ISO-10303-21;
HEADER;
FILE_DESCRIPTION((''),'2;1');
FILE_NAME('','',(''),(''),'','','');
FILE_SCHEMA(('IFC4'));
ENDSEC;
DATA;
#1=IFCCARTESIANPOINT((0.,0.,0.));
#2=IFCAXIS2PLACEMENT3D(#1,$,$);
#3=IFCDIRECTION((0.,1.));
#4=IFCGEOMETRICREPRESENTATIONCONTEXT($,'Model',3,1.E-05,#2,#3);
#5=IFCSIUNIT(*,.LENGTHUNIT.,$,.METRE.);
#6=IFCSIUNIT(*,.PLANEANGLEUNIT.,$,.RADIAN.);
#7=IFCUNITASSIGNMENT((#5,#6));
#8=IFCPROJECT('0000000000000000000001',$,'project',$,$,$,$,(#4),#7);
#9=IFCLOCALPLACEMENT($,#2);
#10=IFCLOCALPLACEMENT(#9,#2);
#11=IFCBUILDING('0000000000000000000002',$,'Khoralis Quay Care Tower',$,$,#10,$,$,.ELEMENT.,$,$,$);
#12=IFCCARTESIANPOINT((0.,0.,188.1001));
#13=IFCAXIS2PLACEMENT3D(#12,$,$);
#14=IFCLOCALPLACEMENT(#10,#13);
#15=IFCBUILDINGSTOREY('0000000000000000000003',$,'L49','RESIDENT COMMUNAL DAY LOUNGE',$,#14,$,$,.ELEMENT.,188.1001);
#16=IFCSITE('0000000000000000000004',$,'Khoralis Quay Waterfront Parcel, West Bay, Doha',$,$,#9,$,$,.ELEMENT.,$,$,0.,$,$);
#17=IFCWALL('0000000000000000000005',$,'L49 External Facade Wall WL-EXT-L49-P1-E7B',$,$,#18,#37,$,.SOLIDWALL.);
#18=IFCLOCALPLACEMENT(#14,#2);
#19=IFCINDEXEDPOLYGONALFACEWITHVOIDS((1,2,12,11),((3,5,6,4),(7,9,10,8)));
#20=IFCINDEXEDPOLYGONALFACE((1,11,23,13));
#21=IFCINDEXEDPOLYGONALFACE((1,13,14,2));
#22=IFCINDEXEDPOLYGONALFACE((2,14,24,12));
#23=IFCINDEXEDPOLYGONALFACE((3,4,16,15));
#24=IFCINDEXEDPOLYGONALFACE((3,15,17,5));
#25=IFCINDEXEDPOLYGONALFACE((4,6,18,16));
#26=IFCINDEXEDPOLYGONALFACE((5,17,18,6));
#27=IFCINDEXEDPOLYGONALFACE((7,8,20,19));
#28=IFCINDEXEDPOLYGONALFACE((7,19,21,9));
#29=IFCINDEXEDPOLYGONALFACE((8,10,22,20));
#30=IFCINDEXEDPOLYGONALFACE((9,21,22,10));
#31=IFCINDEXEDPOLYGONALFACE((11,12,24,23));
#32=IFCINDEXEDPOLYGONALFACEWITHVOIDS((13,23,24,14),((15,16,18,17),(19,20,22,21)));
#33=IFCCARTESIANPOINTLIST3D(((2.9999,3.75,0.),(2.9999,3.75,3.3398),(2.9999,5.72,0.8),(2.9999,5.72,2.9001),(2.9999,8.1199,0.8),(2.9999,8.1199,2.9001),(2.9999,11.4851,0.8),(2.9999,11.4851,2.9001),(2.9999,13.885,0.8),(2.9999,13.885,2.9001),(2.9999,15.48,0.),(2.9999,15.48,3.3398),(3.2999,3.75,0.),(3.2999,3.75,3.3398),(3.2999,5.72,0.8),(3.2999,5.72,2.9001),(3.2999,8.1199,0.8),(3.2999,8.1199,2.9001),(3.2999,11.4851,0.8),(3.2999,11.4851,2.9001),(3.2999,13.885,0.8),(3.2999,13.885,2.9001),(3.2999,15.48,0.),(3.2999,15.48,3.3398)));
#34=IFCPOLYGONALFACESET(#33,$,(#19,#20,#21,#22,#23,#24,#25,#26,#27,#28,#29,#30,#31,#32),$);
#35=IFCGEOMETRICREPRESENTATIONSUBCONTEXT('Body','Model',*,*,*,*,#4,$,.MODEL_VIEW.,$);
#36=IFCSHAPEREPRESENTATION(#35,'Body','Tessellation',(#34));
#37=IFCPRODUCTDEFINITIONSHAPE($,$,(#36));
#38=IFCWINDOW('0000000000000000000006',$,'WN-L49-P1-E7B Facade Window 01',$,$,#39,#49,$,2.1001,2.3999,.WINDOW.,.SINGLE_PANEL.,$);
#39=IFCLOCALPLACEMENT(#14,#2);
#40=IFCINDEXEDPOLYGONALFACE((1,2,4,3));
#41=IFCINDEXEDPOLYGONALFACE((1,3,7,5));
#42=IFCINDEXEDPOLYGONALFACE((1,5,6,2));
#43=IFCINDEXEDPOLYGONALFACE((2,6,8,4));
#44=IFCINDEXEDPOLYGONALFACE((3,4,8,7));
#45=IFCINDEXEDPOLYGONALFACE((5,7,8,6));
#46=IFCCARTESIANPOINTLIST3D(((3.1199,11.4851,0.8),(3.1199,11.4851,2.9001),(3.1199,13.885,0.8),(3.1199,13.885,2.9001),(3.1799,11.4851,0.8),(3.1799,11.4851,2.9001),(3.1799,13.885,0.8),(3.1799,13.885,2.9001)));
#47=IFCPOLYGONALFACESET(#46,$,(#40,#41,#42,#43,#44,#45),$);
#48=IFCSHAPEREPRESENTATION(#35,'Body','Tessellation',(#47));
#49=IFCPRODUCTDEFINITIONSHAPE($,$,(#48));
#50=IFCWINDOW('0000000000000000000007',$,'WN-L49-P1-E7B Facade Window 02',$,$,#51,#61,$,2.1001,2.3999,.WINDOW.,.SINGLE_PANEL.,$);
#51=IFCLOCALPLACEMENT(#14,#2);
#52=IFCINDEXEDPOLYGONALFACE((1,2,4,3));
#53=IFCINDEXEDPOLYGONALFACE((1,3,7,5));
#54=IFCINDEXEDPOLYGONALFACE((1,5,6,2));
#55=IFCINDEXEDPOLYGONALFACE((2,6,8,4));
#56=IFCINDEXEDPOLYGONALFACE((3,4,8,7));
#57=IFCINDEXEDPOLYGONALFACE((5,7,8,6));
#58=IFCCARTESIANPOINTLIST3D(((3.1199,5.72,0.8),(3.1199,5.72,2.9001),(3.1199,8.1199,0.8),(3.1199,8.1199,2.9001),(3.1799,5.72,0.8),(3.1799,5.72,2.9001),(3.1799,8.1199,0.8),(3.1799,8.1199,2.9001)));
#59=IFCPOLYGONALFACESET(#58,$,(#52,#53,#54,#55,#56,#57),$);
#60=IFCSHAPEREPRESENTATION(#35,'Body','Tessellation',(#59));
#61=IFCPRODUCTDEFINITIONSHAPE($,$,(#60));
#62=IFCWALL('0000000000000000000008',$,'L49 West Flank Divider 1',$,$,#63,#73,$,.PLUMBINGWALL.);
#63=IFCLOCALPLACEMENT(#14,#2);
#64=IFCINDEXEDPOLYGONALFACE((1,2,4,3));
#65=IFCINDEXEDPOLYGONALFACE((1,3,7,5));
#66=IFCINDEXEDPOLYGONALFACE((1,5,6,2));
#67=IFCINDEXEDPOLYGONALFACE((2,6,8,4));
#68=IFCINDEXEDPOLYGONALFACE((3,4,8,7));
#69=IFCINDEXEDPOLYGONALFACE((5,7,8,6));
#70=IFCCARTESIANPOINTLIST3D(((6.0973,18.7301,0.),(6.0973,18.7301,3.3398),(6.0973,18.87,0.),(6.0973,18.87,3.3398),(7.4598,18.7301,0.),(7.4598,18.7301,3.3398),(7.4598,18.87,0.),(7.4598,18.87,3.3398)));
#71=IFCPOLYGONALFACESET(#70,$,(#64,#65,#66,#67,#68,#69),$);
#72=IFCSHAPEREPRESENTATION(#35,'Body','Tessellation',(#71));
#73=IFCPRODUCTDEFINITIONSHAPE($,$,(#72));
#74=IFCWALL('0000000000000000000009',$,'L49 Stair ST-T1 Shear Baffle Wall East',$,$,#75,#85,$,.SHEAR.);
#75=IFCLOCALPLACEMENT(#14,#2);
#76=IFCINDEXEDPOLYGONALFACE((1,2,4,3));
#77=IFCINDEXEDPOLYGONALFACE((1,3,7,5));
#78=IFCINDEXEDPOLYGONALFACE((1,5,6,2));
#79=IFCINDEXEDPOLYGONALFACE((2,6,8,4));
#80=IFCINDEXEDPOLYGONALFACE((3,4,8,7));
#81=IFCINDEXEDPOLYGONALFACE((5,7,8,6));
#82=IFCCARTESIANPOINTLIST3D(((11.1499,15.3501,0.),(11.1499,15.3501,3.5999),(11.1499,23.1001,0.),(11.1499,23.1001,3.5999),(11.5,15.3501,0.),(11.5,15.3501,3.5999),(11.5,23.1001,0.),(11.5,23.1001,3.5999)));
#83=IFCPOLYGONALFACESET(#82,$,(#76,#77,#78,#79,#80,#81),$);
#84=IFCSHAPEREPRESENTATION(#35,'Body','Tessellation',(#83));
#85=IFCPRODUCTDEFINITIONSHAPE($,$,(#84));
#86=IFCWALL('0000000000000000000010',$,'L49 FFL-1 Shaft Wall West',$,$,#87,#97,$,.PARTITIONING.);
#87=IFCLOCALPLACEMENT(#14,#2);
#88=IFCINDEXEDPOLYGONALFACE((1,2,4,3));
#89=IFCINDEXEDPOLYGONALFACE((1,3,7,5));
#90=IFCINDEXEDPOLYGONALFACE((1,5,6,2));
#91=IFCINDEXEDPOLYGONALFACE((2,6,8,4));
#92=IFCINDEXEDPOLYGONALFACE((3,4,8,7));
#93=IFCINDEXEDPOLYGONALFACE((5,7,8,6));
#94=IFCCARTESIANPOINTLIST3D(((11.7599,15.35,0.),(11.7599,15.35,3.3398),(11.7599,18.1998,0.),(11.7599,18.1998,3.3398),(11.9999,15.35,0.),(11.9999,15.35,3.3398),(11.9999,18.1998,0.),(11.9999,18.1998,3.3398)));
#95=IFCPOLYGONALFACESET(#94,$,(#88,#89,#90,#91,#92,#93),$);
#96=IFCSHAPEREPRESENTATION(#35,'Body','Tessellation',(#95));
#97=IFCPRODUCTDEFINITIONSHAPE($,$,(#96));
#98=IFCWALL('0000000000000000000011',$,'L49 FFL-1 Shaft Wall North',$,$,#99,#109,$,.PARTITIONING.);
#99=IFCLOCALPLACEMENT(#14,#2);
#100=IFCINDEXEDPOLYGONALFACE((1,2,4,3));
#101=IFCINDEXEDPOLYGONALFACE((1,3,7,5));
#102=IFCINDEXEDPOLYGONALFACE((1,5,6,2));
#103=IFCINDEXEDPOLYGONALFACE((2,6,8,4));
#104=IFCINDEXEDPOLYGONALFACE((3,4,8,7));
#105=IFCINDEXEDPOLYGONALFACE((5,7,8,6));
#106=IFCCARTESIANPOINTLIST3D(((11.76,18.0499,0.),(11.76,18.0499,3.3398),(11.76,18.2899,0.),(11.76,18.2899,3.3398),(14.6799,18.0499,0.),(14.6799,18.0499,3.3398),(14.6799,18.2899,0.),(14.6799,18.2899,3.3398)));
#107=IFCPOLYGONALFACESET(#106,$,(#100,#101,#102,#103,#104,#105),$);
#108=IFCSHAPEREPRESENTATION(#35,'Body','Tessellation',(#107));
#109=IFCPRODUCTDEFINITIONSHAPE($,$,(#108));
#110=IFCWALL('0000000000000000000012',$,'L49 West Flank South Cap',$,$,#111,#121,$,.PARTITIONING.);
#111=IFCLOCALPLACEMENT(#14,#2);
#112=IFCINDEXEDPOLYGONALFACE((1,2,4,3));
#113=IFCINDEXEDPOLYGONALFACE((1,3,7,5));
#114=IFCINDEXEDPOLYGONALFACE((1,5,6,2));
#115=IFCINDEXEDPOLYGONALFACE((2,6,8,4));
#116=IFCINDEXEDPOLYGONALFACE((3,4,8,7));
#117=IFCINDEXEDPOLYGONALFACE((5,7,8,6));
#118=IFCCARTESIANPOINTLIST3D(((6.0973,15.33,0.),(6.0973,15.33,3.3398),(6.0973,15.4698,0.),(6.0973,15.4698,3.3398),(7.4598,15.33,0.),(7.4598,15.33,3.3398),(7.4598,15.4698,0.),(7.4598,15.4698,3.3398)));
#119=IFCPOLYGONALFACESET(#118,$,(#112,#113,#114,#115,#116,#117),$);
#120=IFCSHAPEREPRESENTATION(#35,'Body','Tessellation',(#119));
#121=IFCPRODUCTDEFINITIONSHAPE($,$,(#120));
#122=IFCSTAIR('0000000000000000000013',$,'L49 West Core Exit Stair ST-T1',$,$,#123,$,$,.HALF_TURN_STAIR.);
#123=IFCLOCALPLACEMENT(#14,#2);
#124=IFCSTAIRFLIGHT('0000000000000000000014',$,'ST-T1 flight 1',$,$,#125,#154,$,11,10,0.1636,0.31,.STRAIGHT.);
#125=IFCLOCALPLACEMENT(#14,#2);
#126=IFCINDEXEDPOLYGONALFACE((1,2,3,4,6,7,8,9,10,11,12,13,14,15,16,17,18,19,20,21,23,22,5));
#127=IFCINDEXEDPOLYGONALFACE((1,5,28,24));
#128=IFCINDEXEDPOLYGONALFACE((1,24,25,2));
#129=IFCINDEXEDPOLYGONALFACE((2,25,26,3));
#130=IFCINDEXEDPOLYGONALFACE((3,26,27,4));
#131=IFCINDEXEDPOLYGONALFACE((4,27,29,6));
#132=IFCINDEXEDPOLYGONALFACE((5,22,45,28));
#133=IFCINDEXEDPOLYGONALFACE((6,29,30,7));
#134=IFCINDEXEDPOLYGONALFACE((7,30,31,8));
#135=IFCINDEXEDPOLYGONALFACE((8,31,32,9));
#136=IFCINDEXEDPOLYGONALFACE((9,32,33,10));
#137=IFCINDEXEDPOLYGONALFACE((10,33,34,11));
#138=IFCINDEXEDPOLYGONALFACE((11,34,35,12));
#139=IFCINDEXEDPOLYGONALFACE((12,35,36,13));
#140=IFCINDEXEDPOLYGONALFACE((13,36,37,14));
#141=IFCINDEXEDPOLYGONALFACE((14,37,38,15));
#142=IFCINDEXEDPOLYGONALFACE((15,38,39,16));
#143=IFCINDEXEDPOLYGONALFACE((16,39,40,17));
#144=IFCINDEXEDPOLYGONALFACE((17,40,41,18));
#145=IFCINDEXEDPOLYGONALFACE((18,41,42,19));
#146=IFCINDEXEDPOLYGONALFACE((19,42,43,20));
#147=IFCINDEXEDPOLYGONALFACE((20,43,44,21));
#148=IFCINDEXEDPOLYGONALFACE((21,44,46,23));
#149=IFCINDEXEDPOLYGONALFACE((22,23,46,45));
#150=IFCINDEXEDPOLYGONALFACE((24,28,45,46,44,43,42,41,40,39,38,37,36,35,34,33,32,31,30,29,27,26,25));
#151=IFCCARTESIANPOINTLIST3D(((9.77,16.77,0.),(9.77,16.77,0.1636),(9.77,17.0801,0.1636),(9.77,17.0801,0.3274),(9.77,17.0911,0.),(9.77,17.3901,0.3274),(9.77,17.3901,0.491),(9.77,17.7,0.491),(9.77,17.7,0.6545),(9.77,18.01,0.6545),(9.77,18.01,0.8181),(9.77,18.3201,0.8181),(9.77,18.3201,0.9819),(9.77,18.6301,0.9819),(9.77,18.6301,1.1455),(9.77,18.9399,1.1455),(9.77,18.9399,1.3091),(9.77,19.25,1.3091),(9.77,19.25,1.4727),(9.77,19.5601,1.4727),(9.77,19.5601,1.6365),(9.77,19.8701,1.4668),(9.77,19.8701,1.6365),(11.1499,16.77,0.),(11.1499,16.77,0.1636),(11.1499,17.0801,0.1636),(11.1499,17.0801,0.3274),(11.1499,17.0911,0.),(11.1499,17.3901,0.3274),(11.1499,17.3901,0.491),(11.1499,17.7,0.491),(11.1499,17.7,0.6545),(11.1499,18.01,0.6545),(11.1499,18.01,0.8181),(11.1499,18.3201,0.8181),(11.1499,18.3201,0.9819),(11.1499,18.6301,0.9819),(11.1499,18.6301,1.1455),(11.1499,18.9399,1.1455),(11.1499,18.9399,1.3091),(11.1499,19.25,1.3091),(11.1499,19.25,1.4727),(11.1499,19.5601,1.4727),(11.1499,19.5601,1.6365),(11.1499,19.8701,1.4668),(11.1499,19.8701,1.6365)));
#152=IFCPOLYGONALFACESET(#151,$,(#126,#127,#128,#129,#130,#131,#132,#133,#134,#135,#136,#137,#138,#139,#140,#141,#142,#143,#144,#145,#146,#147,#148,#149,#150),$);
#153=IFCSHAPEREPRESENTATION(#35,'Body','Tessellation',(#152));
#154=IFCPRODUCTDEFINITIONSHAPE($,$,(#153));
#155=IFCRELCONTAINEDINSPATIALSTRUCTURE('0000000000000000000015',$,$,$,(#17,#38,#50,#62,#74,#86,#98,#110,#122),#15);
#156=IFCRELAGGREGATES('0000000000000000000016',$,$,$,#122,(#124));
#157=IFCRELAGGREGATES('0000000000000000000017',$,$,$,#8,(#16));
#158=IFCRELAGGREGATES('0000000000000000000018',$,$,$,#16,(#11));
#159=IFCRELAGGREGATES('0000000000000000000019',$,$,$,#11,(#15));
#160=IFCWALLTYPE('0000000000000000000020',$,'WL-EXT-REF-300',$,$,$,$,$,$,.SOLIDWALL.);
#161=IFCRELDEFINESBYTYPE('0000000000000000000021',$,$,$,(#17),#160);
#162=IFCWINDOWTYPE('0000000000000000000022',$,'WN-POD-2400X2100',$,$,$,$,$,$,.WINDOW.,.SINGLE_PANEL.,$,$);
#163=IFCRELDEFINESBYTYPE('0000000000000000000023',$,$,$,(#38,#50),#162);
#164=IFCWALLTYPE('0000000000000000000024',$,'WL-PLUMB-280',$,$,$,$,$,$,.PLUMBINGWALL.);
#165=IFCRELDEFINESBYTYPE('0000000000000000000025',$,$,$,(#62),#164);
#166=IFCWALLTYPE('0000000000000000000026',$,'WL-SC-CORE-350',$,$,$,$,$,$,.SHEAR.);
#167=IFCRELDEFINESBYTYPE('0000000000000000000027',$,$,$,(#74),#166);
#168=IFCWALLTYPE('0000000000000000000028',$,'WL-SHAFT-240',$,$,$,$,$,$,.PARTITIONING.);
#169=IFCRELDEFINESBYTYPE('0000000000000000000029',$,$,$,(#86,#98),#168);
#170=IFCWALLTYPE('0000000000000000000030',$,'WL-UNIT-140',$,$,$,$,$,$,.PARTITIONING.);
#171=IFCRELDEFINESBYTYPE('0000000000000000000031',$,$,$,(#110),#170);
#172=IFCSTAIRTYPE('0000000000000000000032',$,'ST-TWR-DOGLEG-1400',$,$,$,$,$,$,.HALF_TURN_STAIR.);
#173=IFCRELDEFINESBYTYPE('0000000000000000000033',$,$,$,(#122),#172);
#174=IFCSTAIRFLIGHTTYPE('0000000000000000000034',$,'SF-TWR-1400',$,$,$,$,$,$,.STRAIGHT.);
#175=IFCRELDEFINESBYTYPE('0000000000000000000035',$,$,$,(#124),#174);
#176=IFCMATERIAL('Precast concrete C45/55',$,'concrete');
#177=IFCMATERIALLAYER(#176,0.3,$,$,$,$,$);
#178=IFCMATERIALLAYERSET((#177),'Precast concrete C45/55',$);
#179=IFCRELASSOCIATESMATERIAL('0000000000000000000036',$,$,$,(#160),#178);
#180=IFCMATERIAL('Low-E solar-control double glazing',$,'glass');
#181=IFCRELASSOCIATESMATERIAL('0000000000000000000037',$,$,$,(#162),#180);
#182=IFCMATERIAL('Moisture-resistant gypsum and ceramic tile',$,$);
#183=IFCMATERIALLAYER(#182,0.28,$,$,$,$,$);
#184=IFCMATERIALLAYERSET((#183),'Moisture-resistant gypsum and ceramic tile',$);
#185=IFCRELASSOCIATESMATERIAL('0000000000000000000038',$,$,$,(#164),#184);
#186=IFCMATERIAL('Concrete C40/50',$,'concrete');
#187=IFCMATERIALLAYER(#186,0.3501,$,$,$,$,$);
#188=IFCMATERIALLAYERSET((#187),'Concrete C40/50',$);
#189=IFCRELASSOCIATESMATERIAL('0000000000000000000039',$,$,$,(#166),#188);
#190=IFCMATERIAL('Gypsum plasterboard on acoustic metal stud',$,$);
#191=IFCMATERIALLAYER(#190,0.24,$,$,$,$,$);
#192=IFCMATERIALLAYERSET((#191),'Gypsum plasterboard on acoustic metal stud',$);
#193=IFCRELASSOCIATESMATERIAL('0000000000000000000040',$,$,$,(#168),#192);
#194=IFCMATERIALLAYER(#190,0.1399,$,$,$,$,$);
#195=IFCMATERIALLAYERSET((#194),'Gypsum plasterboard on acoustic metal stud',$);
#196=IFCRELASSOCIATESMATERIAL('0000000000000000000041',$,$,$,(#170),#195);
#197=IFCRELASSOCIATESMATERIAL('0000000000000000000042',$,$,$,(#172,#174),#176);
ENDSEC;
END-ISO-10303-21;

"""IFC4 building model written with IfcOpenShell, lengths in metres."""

from ifc_helpers import new_model, si_unit, direction, frame, frame_2d, origin, place, context, subcontext, project, spatial, polyline, rectangle, outline, extrude, source, transform, mapped, material, layer, layer_set, type_object, element, fill, aggregate, save


model = new_model("IFC4")

# Units and contexts
model_context = context("Model", 3, precision=1e-05, world=origin(), true_north=direction((0.0, 1.0)))
body_context = subcontext(model_context, "Body", "Model", "MODEL_VIEW")
ifc_project = project(units=[si_unit("LENGTHUNIT", "METRE"), si_unit("PLANEANGLEUNIT", "RADIAN")], contexts=[model_context])

# Site, building, storey
site_placement = place(None, origin())
site = spatial("IfcSite", under=ifc_project, at=site_placement, Name="Khoralis Quay Waterfront Parcel, West Bay, Doha", CompositionType="ELEMENT", RefElevation=0.0)
building_placement = place(site_placement, origin())
building = spatial("IfcBuilding", under=site, at=building_placement, Name="Khoralis Quay Care Tower", CompositionType="ELEMENT")
storey_placement = place(building_placement, frame((0.0, 0.0, 188.1001)))
storey = spatial("IfcBuildingStorey", under=building, at=storey_placement, Name="L49", Description="RESIDENT COMMUNAL DAY LOUNGE", CompositionType="ELEMENT", Elevation=188.1001)

# Shared definitions
ifc_material_1 = material(Name="Low-E solar-control double glazing", Category="glass")

# Shared definitions
ifc_material_2 = material(Name="Gypsum plasterboard on acoustic metal stud")

# Wall, openings, windows
ifc_material_3 = material(Name="Precast concrete C45/55", Category="concrete")
ifc_layer_1 = layer(ifc_material_3, 0.3)
ifc_layer_set_1 = layer_set([ifc_layer_1], Name="Precast concrete C45/55")
wall_type_1 = type_object("IfcWallType", Name="WL-EXT-REF-300", PredefinedType="SOLIDWALL", material=ifc_layer_set_1)
wall_1_placement = place(storey_placement, frame((3.1499, 15.48, 0.0), z_axis=(0.0, 0.0, 1.0), x_axis=(0.0, -1.0, 0.0)))
wall_1 = element("IfcWall", 1, at=wall_1_placement, inside=storey, type_object=wall_type_1, Name="L49 External Facade Wall WL-EXT-L49-P1-E7B", PredefinedType="SOLIDWALL", context=body_context, shape_type="SweptSolid", body=[
    extrude(rectangle(XDim=11.73, YDim=0.3, at=frame_2d((5.865, 0.0))), origin(), (0.0, 0.0, 1.0), 3.3398),
])
opening_1_placement = place(wall_1_placement, frame((1.595, 0.0, 0.8)))
opening_1 = element("IfcOpeningElement", 2, at=opening_1_placement, cuts=wall_1, PredefinedType="OPENING", context=body_context, shape_type="SweptSolid", body=[
    extrude(rectangle(XDim=2.3999, YDim=2.1001, at=frame_2d((1.2, 1.05))), frame((0.0, 0.1602, 0.0), z_axis=(0.0, -1.0, 0.0), x_axis=(1.0, 0.0, 0.0)), (0.0, 0.0, 1.0), 0.3201),
])
opening_2_placement = place(wall_1_placement, frame((7.3601, 0.0, 0.8)))
opening_2 = element("IfcOpeningElement", 3, at=opening_2_placement, cuts=wall_1, PredefinedType="OPENING", context=body_context, shape_type="SweptSolid", body=[
    extrude(rectangle(XDim=2.3999, YDim=2.1001, at=frame_2d((1.2, 1.05))), frame((0.0, 0.1602, 0.0), z_axis=(0.0, -1.0, 0.0), x_axis=(1.0, 0.0, 0.0)), (0.0, 0.0, 1.0), 0.3201),
])
window_type = type_object("IfcWindowType", Name="WN-POD-2400X2100", PartitioningType="SINGLE_PANEL", PredefinedType="WINDOW", material=ifc_material_1)
shared_shape_1 = source(origin(), body_context, "Body", "SweptSolid", [
    extrude(rectangle(XDim=2.3999, YDim=2.1001, at=frame_2d((1.2, 1.05))), frame((0.0, 0.03, 0.0), z_axis=(0.0, -1.0, 0.0), x_axis=(1.0, 0.0, 0.0)), (0.0, 0.0, 1.0), 0.0601),
])
window_1_placement = place(opening_1_placement, origin())
window_1 = element("IfcWindow", 4, at=window_1_placement, inside=storey, type_object=window_type, Name="WN-L49-P1-E7B Facade Window 01", OverallHeight=2.1001, OverallWidth=2.3999, PartitioningType="SINGLE_PANEL", PredefinedType="WINDOW", context=body_context, shape_type="MappedRepresentation", body=[
    mapped(shared_shape_1, transform((0.0, 0.0, 0.0), scale=1.0)),
])
fill(opening_1, window_1)
window_2_placement = place(opening_2_placement, origin())
window_2 = element("IfcWindow", 5, at=window_2_placement, inside=storey, type_object=window_type, Name="WN-L49-P1-E7B Facade Window 02", OverallHeight=2.1001, OverallWidth=2.3999, PartitioningType="SINGLE_PANEL", PredefinedType="WINDOW", context=body_context, shape_type="MappedRepresentation", body=[
    mapped(shared_shape_1, transform((0.0, 0.0, 0.0), scale=1.0)),
])
fill(opening_2, window_2)

# Walls
ifc_material_4 = material(Name="Moisture-resistant gypsum and ceramic tile")
ifc_layer_2 = layer(ifc_material_4, 0.28)
ifc_layer_set_2 = layer_set([ifc_layer_2], Name="Moisture-resistant gypsum and ceramic tile")
wall_type_2 = type_object("IfcWallType", Name="WL-PLUMB-280", PredefinedType="PLUMBINGWALL", material=ifc_layer_set_2)
wall_2_placement = place(storey_placement, frame((6.0974, 18.8, 0.0), z_axis=(0.0, 0.0, 1.0), x_axis=(1.0, 0.0, 0.0)))
element("IfcWall", 6, at=wall_2_placement, inside=storey, type_object=wall_type_2, Name="L49 West Flank Divider 1", PredefinedType="PLUMBINGWALL", context=body_context, shape_type="SweptSolid", body=[
    extrude(rectangle(XDim=1.3625, YDim=0.1399, at=frame_2d((0.6812, 0.0))), origin(), (0.0, 0.0, 1.0), 3.3398),
])
ifc_material_5 = material(Name="Concrete C40/50", Category="concrete")
ifc_layer_3 = layer(ifc_material_5, 0.3501)
ifc_layer_set_3 = layer_set([ifc_layer_3], Name="Concrete C40/50")
wall_type_3 = type_object("IfcWallType", Name="WL-SC-CORE-350", PredefinedType="SHEAR", material=ifc_layer_set_3)
wall_3_placement = place(storey_placement, frame((11.325, 15.3501, 0.0), z_axis=(0.0, 0.0, 1.0), x_axis=(0.0, 1.0, 0.0)))
element("IfcWall", 7, at=wall_3_placement, inside=storey, type_object=wall_type_3, Name="L49 Stair ST-T1 Shear Baffle Wall East", PredefinedType="SHEAR", context=body_context, shape_type="SweptSolid", body=[
    extrude(rectangle(XDim=7.75, YDim=0.3501, at=frame_2d((3.875, 0.0))), origin(), (0.0, 0.0, 1.0), 3.5999),
])
ifc_layer_4 = layer(ifc_material_2, 0.24)
ifc_layer_set_4 = layer_set([ifc_layer_4], Name="Gypsum plasterboard on acoustic metal stud")
wall_type_4 = type_object("IfcWallType", Name="WL-SHAFT-240", PredefinedType="PARTITIONING", material=ifc_layer_set_4)
wall_4_placement = place(storey_placement, frame((11.8799, 15.3501, 0.0), z_axis=(0.0, 0.0, 1.0), x_axis=(0.0, 1.0, 0.0)))
element("IfcWall", 8, at=wall_4_placement, inside=storey, type_object=wall_type_4, Name="L49 FFL-1 Shaft Wall West", PredefinedType="PARTITIONING", context=body_context, shape_type="SweptSolid", body=[
    extrude(rectangle(XDim=2.8499, YDim=0.24, at=frame_2d((1.4248, 0.0))), origin(), (0.0, 0.0, 1.0), 3.3398),
])
wall_5_placement = place(storey_placement, frame((11.76, 18.1699, 0.0), z_axis=(0.0, 0.0, 1.0), x_axis=(1.0, 0.0, 0.0)))
element("IfcWall", 9, at=wall_5_placement, inside=storey, type_object=wall_type_4, Name="L49 FFL-1 Shaft Wall North", PredefinedType="PARTITIONING", context=body_context, shape_type="SweptSolid", body=[
    extrude(rectangle(XDim=2.9199, YDim=0.24, at=frame_2d((1.46, 0.0))), origin(), (0.0, 0.0, 1.0), 3.3398),
])
ifc_layer_5 = layer(ifc_material_2, 0.1399)
ifc_layer_set_5 = layer_set([ifc_layer_5], Name="Gypsum plasterboard on acoustic metal stud")
wall_type_5 = type_object("IfcWallType", Name="WL-UNIT-140", PredefinedType="PARTITIONING", material=ifc_layer_set_5)
wall_6_placement = place(storey_placement, frame((6.0974, 15.3999, 0.0), z_axis=(0.0, 0.0, 1.0), x_axis=(1.0, 0.0, 0.0)))
element("IfcWall", 10, at=wall_6_placement, inside=storey, type_object=wall_type_5, Name="L49 West Flank South Cap", PredefinedType="PARTITIONING", context=body_context, shape_type="SweptSolid", body=[
    extrude(rectangle(XDim=1.3625, YDim=0.1399, at=frame_2d((0.6812, 0.0))), origin(), (0.0, 0.0, 1.0), 3.3398),
])

# Stair, stair flight
stair_type = type_object("IfcStairType", Name="ST-TWR-DOGLEG-1400", PredefinedType="HALF_TURN_STAIR", material=ifc_material_3)
stair_placement = place(storey_placement, origin())
stair = element("IfcStair", 11, at=stair_placement, inside=storey, type_object=stair_type, Name="L49 West Core Exit Stair ST-T1", PredefinedType="HALF_TURN_STAIR")
stair_flight_type = type_object("IfcStairFlightType", Name="SF-TWR-1400", PredefinedType="STRAIGHT", material=ifc_material_3)
shared_shape_2 = source(origin(), body_context, "Body", "SweptSolid", [
    extrude(outline(polyline([(0.0, 0.0), (0.0, 0.1636), (0.3101, 0.1636), (0.3101, 0.3274), (0.6201, 0.3274), (0.6201, 0.491), (0.9299, 0.491), (0.9299, 0.6545), (1.24, 0.6545), (1.24, 0.8181), (1.55, 0.8181), (1.55, 0.9819), (1.8601, 0.9819), (1.8601, 1.1455), (2.1699, 1.1455), (2.1699, 1.3091), (2.48, 1.3091), (2.48, 1.4727), (2.79, 1.4727), (2.79, 1.6365), (3.1001, 1.6365), (3.1001, 1.8), (3.1001, 1.4668), (0.321, 0.0), (0.0, 0.0)])), frame((0.0, 0.6899, 0.0), z_axis=(0.0, -1.0, 0.0), x_axis=(1.0, 0.0, 0.0)), (0.0, 0.0, 1.0), 1.3799),
])
stair_flight_placement = place(storey_placement, frame((10.46, 16.77, 0.0), z_axis=(0.0, 0.0, 1.0), x_axis=(0.0, 1.0, 0.0)))
stair_flight = element("IfcStairFlight", 12, at=stair_flight_placement, type_object=stair_flight_type, Name="ST-T1 flight 1", NumberOfRisers=11, NumberOfTreads=10, PredefinedType="STRAIGHT", RiserHeight=0.1636, TreadLength=0.31, context=body_context, shape_type="MappedRepresentation", body=[
    mapped(shared_shape_2, transform((0.0, 0.0, 0.0), scale=1.0)),
])
aggregate(stair, [stair_flight])

save(model, "model.ifc")
